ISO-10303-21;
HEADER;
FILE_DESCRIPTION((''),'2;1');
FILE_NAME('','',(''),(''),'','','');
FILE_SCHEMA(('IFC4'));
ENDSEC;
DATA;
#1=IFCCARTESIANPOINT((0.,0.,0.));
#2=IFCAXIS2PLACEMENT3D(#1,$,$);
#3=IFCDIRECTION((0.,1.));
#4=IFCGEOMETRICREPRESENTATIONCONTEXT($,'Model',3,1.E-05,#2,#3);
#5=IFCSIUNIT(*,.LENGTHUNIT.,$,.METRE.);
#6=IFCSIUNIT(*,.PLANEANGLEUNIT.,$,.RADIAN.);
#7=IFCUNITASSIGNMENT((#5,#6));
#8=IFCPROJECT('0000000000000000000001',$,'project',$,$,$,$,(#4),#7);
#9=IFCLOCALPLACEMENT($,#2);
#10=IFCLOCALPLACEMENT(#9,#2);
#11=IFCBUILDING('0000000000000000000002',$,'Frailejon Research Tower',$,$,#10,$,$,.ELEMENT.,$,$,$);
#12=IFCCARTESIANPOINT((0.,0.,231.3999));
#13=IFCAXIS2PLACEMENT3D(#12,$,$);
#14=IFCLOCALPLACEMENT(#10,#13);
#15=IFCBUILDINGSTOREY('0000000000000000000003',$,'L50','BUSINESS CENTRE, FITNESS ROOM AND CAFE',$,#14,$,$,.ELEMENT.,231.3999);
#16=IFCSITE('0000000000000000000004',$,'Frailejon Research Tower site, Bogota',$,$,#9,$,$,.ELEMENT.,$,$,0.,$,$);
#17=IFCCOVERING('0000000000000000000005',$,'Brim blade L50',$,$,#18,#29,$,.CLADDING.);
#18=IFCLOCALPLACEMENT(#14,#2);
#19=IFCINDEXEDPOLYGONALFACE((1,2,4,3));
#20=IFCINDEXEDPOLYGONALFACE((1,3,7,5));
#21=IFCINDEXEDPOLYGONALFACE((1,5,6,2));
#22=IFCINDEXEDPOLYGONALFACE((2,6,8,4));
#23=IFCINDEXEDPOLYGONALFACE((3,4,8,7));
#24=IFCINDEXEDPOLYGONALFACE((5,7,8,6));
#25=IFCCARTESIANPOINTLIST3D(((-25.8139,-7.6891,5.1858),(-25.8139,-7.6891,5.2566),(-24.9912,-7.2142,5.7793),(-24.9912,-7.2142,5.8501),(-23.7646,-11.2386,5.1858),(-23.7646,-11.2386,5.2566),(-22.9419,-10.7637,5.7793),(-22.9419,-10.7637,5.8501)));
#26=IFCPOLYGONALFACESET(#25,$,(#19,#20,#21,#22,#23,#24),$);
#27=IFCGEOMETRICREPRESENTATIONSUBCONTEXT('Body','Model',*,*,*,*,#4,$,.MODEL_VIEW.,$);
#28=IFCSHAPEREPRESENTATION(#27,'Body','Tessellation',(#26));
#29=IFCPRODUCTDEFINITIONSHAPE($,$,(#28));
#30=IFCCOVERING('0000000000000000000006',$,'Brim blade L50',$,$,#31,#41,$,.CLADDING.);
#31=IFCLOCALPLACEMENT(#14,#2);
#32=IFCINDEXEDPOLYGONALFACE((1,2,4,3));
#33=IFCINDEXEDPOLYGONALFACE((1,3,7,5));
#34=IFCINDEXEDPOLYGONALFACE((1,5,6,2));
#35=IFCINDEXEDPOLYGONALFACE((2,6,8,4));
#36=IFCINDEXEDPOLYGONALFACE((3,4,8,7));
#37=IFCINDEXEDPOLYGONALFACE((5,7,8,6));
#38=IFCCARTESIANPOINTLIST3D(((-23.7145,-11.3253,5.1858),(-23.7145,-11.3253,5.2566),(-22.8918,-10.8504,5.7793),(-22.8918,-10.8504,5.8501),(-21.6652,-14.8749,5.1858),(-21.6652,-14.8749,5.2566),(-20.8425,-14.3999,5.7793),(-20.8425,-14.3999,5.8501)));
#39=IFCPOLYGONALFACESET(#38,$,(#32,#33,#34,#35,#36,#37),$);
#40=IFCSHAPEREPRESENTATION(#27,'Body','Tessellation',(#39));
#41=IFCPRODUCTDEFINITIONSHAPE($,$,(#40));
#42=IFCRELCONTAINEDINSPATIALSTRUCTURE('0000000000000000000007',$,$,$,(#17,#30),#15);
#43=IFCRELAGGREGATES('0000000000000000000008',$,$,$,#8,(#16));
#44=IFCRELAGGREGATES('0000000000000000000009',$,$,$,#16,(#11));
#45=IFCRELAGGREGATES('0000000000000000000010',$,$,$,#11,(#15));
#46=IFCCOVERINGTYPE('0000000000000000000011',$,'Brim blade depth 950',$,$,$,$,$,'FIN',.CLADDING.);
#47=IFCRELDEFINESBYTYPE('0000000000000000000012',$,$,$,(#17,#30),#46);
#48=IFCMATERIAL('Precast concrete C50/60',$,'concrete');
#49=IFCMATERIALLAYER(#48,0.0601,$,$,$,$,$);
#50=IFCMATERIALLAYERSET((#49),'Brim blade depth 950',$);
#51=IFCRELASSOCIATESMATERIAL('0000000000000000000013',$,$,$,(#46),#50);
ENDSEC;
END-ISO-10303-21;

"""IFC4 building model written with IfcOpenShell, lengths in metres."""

from ifc_helpers import new_model, si_unit, direction, frame, origin, place, context, subcontext, project, spatial, polyline, outline, extrude, material, layer, layer_set, type_object, element, save


model = new_model("IFC4")

# Units and contexts
model_context = context("Model", 3, precision=1e-05, world=origin(), true_north=direction((0.0, 1.0)))
body_context = subcontext(model_context, "Body", "Model", "MODEL_VIEW")
ifc_project = project(units=[si_unit("LENGTHUNIT", "METRE"), si_unit("PLANEANGLEUNIT", "RADIAN")], contexts=[model_context])

# Site, building, storey
site_placement = place(None, origin())
site = spatial("IfcSite", under=ifc_project, at=site_placement, Name="Frailejon Research Tower site, Bogota", CompositionType="ELEMENT", RefElevation=0.0)
building_placement = place(site_placement, origin())
building = spatial("IfcBuilding", under=site, at=building_placement, Name="Frailejon Research Tower", CompositionType="ELEMENT")
storey_placement = place(building_placement, frame((0.0, 0.0, 231.3999)))
storey = spatial("IfcBuildingStorey", under=building, at=storey_placement, Name="L50", Description="BUSINESS CENTRE, FITNESS ROOM AND CAFE", CompositionType="ELEMENT", Elevation=231.3999)

# Coverings
ifc_material_1 = material(Name="Precast concrete C50/60", Category="concrete")
ifc_layer_1 = layer(ifc_material_1, 0.0601)
ifc_layer_set_1 = layer_set([ifc_layer_1], Name="Brim blade depth 950")
covering_type = type_object("IfcCoveringType", Name="Brim blade depth 950", ElementType="FIN", PredefinedType="CLADDING", material=ifc_layer_set_1)
for number, where, z_axis, x_axis, name in (
    (1, (-22.9419, -10.7637, 5.8501), (-0.499999, 0.866026, 0.0), (-0.866026, -0.499999, 0.0), "Brim blade L50"),
    (2, (-20.8425, -14.3999, 5.8501), (-0.499989, 0.866032, 0.0), (-0.866032, -0.499989, 0.0), "Brim blade L50"),
):
    element("IfcCovering", number, at=place(storey_placement, frame(where, z_axis=z_axis, x_axis=x_axis)), inside=storey, type_object=covering_type, Name=name, PredefinedType="CLADDING", context=body_context, shape_type="SweptSolid", body=[
        extrude(outline(polyline([(0.0, -0.0708), (0.95, -0.6643), (0.95, -0.5935), (0.0, 0.0), (0.0, -0.0708)])), origin(), (0.0, 0.0, 1.0), 4.0986),
    ])

save(model, "model.ifc")
